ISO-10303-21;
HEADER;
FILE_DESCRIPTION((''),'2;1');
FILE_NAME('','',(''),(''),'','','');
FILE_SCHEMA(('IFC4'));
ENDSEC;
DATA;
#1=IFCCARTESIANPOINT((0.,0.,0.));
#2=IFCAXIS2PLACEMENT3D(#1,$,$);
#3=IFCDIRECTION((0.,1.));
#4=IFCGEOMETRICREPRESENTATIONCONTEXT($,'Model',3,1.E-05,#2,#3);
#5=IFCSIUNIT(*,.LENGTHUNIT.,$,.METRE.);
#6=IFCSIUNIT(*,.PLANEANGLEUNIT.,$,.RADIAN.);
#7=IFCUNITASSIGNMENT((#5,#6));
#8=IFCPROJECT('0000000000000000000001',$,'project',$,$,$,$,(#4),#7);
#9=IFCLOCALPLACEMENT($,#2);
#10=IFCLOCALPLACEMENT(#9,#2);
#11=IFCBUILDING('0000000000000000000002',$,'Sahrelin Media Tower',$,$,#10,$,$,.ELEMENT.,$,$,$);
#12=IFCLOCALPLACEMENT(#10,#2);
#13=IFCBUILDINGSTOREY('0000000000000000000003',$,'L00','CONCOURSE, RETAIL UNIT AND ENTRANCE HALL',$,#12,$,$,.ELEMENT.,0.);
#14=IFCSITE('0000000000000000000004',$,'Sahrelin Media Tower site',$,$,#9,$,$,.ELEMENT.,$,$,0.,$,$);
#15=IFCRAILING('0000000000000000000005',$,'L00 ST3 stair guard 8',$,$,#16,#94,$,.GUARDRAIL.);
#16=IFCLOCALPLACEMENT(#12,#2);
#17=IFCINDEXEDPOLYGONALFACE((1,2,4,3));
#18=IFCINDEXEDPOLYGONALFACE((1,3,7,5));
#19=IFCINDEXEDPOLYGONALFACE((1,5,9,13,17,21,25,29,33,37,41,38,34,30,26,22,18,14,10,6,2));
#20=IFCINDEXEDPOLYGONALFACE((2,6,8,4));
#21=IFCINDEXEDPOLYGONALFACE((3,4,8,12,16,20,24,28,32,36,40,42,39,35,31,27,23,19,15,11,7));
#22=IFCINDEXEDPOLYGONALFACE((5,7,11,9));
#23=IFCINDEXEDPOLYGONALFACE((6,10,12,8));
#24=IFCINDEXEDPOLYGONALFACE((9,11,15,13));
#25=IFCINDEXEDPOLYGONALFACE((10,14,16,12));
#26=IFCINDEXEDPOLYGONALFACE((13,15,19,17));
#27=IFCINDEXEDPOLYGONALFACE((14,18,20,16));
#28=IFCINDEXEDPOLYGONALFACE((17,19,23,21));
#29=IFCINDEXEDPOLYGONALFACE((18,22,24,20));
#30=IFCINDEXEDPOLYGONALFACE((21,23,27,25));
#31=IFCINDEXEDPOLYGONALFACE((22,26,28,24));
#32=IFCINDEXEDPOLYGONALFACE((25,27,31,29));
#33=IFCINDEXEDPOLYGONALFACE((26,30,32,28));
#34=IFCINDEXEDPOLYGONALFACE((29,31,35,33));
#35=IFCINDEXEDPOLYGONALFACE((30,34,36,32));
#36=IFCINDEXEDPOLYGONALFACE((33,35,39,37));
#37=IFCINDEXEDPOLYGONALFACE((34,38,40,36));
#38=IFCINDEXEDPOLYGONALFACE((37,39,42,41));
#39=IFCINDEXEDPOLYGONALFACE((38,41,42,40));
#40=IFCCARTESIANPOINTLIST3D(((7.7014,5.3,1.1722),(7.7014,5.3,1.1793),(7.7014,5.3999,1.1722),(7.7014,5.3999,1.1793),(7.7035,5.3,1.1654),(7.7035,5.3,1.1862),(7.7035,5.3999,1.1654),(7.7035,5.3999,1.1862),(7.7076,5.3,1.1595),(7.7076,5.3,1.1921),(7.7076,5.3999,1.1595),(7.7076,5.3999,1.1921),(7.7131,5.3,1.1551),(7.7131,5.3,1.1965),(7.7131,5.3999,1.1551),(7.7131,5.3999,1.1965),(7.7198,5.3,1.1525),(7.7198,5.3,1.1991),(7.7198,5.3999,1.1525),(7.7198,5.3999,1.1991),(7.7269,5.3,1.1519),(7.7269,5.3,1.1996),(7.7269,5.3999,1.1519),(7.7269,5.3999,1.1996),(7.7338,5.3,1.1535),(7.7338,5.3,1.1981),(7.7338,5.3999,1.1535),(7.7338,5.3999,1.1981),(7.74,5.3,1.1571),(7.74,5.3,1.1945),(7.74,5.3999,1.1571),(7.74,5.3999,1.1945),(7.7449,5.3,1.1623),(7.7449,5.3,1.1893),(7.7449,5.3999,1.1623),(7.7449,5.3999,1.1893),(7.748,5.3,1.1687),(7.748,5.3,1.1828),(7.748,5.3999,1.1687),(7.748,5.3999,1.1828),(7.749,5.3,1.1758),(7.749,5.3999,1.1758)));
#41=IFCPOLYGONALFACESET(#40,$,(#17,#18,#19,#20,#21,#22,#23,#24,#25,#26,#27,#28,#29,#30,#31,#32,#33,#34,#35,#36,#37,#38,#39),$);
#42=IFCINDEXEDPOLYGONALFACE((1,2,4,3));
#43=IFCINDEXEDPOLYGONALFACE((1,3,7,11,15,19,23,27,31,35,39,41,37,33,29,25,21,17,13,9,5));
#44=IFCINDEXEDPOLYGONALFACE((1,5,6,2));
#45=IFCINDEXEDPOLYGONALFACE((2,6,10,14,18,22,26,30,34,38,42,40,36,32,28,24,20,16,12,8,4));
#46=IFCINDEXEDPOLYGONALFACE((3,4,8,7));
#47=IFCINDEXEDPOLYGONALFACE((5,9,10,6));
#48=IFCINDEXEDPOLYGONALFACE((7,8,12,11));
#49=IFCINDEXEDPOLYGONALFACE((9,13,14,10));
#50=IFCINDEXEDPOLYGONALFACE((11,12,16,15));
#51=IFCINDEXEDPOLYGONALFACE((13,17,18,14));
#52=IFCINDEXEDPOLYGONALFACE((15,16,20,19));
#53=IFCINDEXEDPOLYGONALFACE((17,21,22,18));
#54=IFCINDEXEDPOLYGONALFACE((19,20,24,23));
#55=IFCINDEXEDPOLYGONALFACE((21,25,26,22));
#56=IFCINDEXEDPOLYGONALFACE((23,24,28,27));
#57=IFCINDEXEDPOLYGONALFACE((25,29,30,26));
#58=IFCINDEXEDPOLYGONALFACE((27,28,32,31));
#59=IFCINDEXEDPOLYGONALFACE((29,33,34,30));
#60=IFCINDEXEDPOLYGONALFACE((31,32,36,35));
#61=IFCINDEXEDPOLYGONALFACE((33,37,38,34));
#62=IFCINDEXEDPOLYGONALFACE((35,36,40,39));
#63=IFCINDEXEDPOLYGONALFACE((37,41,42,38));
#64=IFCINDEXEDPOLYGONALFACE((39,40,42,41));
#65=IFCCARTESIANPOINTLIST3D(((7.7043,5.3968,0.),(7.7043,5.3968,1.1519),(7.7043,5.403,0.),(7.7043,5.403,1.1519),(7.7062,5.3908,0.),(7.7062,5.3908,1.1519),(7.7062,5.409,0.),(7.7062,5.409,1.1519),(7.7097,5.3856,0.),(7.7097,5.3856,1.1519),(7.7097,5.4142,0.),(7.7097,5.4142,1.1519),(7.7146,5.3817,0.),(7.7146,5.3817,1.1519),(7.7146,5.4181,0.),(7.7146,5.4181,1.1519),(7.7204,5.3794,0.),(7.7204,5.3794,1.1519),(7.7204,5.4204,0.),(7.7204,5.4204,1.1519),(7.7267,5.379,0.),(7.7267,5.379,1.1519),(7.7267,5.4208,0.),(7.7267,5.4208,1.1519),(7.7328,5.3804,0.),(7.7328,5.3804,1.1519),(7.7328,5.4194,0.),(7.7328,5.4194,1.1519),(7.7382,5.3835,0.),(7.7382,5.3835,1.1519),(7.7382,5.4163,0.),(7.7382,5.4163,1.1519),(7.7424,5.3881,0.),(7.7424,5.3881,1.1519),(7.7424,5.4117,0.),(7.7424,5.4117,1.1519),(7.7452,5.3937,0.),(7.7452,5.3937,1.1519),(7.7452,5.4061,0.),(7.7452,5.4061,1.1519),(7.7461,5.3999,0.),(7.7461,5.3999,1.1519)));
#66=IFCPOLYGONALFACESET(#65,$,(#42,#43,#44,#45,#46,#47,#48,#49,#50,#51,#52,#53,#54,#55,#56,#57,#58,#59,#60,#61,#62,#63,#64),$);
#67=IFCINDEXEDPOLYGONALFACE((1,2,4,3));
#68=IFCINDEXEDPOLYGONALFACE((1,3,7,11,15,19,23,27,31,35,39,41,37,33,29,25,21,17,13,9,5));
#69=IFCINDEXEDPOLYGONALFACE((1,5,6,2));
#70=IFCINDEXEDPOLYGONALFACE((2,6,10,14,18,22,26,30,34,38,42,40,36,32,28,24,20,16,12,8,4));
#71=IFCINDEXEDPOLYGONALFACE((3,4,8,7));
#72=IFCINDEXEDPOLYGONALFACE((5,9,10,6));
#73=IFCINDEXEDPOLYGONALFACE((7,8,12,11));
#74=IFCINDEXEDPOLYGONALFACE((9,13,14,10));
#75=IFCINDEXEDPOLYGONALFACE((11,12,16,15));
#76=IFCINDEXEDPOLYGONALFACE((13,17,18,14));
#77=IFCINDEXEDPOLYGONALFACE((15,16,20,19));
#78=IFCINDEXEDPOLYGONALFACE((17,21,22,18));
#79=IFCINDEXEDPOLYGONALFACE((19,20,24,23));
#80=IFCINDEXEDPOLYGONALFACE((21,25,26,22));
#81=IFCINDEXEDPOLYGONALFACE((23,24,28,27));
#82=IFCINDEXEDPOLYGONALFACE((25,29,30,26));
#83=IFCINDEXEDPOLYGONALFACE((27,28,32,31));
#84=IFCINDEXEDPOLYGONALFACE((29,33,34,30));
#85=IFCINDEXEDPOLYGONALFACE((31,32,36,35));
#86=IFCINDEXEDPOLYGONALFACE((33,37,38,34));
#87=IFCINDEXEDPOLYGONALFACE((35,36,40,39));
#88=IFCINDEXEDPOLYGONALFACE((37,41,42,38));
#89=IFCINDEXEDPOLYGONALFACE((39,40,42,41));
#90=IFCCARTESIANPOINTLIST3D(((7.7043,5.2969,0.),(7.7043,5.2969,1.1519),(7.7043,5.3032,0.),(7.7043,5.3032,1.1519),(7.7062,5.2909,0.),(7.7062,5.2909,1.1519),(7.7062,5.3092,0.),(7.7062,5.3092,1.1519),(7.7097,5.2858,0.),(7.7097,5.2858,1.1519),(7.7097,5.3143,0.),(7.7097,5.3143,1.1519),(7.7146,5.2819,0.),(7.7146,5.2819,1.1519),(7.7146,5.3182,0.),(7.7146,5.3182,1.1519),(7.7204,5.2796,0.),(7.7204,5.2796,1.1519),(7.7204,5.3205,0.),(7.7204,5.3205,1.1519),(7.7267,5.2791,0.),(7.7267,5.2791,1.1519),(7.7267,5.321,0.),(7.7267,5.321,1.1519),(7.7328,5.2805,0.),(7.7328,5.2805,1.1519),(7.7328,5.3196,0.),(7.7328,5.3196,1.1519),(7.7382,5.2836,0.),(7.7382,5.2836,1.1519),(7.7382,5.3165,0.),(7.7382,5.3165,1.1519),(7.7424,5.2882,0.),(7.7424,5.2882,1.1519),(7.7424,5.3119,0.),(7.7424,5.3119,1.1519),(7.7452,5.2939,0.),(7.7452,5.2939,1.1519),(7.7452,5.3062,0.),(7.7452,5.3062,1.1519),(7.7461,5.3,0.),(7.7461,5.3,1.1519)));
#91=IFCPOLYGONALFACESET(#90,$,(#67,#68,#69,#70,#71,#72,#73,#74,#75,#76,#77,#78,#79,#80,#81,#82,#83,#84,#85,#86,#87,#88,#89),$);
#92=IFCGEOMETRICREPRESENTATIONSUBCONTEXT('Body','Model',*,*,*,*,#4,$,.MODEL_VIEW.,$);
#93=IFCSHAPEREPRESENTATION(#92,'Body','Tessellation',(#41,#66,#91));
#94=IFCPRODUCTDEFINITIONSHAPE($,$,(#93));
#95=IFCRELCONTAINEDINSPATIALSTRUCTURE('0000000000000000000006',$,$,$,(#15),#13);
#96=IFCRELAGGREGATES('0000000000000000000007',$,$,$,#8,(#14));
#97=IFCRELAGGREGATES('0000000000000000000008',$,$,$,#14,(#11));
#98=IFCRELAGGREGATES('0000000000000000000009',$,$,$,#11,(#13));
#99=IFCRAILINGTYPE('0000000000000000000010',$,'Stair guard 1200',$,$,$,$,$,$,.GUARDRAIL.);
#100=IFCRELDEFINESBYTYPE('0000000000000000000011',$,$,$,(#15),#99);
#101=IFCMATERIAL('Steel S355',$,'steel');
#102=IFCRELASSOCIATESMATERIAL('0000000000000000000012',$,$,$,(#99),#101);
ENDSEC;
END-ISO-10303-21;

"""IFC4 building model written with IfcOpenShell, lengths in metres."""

from ifc_helpers import new_model, si_unit, direction, frame, origin, origin_2d, place, context, subcontext, project, spatial, circle, extrude, material, type_object, element, save


model = new_model("IFC4")

# Units and contexts
model_context = context("Model", 3, precision=1e-05, world=origin(), true_north=direction((0.0, 1.0)))
body_context = subcontext(model_context, "Body", "Model", "MODEL_VIEW")
ifc_project = project(units=[si_unit("LENGTHUNIT", "METRE"), si_unit("PLANEANGLEUNIT", "RADIAN")], contexts=[model_context])

# Site, building, storey
site_placement = place(None, origin())
site = spatial("IfcSite", under=ifc_project, at=site_placement, Name="Sahrelin Media Tower site", CompositionType="ELEMENT", RefElevation=0.0)
building_placement = place(site_placement, origin())
building = spatial("IfcBuilding", under=site, at=building_placement, Name="Sahrelin Media Tower", CompositionType="ELEMENT")
storey_placement = place(building_placement, origin())
storey = spatial("IfcBuildingStorey", under=building, at=storey_placement, Name="L00", Description="CONCOURSE, RETAIL UNIT AND ENTRANCE HALL", CompositionType="ELEMENT", Elevation=0.0)

# Shared definitions
ifc_material_1 = material(Name="Steel S355", Category="steel")

# Railing
railing_type_1 = type_object("IfcRailingType", Name="Stair guard 1200", PredefinedType="GUARDRAIL", material=ifc_material_1)
railing_1_placement = place(storey_placement, frame((7.7251, 5.3999, 0.0)))
element("IfcRailing", 1, at=railing_1_placement, inside=storey, type_object=railing_type_1, Name="L00 ST3 stair guard 8", PredefinedType="GUARDRAIL", context=body_context, shape_type="SweptSolid", body=[
    extrude(circle(Radius=0.0239, at=origin_2d()), frame((0.0, 0.0, 1.1758), z_axis=(0.0, -1.0, 0.0), x_axis=(1.0, 0.0, 0.0)), (0.0, 0.0, 1.0), 0.0999),
    extrude(circle(Radius=0.021, at=origin_2d()), origin(), (0.0, 0.0, 1.0), 1.1519),
    extrude(circle(Radius=0.021, at=origin_2d()), frame((0.0, -0.0999, 0.0)), (0.0, 0.0, 1.0), 1.1519),
])

save(model, "model.ifc")
